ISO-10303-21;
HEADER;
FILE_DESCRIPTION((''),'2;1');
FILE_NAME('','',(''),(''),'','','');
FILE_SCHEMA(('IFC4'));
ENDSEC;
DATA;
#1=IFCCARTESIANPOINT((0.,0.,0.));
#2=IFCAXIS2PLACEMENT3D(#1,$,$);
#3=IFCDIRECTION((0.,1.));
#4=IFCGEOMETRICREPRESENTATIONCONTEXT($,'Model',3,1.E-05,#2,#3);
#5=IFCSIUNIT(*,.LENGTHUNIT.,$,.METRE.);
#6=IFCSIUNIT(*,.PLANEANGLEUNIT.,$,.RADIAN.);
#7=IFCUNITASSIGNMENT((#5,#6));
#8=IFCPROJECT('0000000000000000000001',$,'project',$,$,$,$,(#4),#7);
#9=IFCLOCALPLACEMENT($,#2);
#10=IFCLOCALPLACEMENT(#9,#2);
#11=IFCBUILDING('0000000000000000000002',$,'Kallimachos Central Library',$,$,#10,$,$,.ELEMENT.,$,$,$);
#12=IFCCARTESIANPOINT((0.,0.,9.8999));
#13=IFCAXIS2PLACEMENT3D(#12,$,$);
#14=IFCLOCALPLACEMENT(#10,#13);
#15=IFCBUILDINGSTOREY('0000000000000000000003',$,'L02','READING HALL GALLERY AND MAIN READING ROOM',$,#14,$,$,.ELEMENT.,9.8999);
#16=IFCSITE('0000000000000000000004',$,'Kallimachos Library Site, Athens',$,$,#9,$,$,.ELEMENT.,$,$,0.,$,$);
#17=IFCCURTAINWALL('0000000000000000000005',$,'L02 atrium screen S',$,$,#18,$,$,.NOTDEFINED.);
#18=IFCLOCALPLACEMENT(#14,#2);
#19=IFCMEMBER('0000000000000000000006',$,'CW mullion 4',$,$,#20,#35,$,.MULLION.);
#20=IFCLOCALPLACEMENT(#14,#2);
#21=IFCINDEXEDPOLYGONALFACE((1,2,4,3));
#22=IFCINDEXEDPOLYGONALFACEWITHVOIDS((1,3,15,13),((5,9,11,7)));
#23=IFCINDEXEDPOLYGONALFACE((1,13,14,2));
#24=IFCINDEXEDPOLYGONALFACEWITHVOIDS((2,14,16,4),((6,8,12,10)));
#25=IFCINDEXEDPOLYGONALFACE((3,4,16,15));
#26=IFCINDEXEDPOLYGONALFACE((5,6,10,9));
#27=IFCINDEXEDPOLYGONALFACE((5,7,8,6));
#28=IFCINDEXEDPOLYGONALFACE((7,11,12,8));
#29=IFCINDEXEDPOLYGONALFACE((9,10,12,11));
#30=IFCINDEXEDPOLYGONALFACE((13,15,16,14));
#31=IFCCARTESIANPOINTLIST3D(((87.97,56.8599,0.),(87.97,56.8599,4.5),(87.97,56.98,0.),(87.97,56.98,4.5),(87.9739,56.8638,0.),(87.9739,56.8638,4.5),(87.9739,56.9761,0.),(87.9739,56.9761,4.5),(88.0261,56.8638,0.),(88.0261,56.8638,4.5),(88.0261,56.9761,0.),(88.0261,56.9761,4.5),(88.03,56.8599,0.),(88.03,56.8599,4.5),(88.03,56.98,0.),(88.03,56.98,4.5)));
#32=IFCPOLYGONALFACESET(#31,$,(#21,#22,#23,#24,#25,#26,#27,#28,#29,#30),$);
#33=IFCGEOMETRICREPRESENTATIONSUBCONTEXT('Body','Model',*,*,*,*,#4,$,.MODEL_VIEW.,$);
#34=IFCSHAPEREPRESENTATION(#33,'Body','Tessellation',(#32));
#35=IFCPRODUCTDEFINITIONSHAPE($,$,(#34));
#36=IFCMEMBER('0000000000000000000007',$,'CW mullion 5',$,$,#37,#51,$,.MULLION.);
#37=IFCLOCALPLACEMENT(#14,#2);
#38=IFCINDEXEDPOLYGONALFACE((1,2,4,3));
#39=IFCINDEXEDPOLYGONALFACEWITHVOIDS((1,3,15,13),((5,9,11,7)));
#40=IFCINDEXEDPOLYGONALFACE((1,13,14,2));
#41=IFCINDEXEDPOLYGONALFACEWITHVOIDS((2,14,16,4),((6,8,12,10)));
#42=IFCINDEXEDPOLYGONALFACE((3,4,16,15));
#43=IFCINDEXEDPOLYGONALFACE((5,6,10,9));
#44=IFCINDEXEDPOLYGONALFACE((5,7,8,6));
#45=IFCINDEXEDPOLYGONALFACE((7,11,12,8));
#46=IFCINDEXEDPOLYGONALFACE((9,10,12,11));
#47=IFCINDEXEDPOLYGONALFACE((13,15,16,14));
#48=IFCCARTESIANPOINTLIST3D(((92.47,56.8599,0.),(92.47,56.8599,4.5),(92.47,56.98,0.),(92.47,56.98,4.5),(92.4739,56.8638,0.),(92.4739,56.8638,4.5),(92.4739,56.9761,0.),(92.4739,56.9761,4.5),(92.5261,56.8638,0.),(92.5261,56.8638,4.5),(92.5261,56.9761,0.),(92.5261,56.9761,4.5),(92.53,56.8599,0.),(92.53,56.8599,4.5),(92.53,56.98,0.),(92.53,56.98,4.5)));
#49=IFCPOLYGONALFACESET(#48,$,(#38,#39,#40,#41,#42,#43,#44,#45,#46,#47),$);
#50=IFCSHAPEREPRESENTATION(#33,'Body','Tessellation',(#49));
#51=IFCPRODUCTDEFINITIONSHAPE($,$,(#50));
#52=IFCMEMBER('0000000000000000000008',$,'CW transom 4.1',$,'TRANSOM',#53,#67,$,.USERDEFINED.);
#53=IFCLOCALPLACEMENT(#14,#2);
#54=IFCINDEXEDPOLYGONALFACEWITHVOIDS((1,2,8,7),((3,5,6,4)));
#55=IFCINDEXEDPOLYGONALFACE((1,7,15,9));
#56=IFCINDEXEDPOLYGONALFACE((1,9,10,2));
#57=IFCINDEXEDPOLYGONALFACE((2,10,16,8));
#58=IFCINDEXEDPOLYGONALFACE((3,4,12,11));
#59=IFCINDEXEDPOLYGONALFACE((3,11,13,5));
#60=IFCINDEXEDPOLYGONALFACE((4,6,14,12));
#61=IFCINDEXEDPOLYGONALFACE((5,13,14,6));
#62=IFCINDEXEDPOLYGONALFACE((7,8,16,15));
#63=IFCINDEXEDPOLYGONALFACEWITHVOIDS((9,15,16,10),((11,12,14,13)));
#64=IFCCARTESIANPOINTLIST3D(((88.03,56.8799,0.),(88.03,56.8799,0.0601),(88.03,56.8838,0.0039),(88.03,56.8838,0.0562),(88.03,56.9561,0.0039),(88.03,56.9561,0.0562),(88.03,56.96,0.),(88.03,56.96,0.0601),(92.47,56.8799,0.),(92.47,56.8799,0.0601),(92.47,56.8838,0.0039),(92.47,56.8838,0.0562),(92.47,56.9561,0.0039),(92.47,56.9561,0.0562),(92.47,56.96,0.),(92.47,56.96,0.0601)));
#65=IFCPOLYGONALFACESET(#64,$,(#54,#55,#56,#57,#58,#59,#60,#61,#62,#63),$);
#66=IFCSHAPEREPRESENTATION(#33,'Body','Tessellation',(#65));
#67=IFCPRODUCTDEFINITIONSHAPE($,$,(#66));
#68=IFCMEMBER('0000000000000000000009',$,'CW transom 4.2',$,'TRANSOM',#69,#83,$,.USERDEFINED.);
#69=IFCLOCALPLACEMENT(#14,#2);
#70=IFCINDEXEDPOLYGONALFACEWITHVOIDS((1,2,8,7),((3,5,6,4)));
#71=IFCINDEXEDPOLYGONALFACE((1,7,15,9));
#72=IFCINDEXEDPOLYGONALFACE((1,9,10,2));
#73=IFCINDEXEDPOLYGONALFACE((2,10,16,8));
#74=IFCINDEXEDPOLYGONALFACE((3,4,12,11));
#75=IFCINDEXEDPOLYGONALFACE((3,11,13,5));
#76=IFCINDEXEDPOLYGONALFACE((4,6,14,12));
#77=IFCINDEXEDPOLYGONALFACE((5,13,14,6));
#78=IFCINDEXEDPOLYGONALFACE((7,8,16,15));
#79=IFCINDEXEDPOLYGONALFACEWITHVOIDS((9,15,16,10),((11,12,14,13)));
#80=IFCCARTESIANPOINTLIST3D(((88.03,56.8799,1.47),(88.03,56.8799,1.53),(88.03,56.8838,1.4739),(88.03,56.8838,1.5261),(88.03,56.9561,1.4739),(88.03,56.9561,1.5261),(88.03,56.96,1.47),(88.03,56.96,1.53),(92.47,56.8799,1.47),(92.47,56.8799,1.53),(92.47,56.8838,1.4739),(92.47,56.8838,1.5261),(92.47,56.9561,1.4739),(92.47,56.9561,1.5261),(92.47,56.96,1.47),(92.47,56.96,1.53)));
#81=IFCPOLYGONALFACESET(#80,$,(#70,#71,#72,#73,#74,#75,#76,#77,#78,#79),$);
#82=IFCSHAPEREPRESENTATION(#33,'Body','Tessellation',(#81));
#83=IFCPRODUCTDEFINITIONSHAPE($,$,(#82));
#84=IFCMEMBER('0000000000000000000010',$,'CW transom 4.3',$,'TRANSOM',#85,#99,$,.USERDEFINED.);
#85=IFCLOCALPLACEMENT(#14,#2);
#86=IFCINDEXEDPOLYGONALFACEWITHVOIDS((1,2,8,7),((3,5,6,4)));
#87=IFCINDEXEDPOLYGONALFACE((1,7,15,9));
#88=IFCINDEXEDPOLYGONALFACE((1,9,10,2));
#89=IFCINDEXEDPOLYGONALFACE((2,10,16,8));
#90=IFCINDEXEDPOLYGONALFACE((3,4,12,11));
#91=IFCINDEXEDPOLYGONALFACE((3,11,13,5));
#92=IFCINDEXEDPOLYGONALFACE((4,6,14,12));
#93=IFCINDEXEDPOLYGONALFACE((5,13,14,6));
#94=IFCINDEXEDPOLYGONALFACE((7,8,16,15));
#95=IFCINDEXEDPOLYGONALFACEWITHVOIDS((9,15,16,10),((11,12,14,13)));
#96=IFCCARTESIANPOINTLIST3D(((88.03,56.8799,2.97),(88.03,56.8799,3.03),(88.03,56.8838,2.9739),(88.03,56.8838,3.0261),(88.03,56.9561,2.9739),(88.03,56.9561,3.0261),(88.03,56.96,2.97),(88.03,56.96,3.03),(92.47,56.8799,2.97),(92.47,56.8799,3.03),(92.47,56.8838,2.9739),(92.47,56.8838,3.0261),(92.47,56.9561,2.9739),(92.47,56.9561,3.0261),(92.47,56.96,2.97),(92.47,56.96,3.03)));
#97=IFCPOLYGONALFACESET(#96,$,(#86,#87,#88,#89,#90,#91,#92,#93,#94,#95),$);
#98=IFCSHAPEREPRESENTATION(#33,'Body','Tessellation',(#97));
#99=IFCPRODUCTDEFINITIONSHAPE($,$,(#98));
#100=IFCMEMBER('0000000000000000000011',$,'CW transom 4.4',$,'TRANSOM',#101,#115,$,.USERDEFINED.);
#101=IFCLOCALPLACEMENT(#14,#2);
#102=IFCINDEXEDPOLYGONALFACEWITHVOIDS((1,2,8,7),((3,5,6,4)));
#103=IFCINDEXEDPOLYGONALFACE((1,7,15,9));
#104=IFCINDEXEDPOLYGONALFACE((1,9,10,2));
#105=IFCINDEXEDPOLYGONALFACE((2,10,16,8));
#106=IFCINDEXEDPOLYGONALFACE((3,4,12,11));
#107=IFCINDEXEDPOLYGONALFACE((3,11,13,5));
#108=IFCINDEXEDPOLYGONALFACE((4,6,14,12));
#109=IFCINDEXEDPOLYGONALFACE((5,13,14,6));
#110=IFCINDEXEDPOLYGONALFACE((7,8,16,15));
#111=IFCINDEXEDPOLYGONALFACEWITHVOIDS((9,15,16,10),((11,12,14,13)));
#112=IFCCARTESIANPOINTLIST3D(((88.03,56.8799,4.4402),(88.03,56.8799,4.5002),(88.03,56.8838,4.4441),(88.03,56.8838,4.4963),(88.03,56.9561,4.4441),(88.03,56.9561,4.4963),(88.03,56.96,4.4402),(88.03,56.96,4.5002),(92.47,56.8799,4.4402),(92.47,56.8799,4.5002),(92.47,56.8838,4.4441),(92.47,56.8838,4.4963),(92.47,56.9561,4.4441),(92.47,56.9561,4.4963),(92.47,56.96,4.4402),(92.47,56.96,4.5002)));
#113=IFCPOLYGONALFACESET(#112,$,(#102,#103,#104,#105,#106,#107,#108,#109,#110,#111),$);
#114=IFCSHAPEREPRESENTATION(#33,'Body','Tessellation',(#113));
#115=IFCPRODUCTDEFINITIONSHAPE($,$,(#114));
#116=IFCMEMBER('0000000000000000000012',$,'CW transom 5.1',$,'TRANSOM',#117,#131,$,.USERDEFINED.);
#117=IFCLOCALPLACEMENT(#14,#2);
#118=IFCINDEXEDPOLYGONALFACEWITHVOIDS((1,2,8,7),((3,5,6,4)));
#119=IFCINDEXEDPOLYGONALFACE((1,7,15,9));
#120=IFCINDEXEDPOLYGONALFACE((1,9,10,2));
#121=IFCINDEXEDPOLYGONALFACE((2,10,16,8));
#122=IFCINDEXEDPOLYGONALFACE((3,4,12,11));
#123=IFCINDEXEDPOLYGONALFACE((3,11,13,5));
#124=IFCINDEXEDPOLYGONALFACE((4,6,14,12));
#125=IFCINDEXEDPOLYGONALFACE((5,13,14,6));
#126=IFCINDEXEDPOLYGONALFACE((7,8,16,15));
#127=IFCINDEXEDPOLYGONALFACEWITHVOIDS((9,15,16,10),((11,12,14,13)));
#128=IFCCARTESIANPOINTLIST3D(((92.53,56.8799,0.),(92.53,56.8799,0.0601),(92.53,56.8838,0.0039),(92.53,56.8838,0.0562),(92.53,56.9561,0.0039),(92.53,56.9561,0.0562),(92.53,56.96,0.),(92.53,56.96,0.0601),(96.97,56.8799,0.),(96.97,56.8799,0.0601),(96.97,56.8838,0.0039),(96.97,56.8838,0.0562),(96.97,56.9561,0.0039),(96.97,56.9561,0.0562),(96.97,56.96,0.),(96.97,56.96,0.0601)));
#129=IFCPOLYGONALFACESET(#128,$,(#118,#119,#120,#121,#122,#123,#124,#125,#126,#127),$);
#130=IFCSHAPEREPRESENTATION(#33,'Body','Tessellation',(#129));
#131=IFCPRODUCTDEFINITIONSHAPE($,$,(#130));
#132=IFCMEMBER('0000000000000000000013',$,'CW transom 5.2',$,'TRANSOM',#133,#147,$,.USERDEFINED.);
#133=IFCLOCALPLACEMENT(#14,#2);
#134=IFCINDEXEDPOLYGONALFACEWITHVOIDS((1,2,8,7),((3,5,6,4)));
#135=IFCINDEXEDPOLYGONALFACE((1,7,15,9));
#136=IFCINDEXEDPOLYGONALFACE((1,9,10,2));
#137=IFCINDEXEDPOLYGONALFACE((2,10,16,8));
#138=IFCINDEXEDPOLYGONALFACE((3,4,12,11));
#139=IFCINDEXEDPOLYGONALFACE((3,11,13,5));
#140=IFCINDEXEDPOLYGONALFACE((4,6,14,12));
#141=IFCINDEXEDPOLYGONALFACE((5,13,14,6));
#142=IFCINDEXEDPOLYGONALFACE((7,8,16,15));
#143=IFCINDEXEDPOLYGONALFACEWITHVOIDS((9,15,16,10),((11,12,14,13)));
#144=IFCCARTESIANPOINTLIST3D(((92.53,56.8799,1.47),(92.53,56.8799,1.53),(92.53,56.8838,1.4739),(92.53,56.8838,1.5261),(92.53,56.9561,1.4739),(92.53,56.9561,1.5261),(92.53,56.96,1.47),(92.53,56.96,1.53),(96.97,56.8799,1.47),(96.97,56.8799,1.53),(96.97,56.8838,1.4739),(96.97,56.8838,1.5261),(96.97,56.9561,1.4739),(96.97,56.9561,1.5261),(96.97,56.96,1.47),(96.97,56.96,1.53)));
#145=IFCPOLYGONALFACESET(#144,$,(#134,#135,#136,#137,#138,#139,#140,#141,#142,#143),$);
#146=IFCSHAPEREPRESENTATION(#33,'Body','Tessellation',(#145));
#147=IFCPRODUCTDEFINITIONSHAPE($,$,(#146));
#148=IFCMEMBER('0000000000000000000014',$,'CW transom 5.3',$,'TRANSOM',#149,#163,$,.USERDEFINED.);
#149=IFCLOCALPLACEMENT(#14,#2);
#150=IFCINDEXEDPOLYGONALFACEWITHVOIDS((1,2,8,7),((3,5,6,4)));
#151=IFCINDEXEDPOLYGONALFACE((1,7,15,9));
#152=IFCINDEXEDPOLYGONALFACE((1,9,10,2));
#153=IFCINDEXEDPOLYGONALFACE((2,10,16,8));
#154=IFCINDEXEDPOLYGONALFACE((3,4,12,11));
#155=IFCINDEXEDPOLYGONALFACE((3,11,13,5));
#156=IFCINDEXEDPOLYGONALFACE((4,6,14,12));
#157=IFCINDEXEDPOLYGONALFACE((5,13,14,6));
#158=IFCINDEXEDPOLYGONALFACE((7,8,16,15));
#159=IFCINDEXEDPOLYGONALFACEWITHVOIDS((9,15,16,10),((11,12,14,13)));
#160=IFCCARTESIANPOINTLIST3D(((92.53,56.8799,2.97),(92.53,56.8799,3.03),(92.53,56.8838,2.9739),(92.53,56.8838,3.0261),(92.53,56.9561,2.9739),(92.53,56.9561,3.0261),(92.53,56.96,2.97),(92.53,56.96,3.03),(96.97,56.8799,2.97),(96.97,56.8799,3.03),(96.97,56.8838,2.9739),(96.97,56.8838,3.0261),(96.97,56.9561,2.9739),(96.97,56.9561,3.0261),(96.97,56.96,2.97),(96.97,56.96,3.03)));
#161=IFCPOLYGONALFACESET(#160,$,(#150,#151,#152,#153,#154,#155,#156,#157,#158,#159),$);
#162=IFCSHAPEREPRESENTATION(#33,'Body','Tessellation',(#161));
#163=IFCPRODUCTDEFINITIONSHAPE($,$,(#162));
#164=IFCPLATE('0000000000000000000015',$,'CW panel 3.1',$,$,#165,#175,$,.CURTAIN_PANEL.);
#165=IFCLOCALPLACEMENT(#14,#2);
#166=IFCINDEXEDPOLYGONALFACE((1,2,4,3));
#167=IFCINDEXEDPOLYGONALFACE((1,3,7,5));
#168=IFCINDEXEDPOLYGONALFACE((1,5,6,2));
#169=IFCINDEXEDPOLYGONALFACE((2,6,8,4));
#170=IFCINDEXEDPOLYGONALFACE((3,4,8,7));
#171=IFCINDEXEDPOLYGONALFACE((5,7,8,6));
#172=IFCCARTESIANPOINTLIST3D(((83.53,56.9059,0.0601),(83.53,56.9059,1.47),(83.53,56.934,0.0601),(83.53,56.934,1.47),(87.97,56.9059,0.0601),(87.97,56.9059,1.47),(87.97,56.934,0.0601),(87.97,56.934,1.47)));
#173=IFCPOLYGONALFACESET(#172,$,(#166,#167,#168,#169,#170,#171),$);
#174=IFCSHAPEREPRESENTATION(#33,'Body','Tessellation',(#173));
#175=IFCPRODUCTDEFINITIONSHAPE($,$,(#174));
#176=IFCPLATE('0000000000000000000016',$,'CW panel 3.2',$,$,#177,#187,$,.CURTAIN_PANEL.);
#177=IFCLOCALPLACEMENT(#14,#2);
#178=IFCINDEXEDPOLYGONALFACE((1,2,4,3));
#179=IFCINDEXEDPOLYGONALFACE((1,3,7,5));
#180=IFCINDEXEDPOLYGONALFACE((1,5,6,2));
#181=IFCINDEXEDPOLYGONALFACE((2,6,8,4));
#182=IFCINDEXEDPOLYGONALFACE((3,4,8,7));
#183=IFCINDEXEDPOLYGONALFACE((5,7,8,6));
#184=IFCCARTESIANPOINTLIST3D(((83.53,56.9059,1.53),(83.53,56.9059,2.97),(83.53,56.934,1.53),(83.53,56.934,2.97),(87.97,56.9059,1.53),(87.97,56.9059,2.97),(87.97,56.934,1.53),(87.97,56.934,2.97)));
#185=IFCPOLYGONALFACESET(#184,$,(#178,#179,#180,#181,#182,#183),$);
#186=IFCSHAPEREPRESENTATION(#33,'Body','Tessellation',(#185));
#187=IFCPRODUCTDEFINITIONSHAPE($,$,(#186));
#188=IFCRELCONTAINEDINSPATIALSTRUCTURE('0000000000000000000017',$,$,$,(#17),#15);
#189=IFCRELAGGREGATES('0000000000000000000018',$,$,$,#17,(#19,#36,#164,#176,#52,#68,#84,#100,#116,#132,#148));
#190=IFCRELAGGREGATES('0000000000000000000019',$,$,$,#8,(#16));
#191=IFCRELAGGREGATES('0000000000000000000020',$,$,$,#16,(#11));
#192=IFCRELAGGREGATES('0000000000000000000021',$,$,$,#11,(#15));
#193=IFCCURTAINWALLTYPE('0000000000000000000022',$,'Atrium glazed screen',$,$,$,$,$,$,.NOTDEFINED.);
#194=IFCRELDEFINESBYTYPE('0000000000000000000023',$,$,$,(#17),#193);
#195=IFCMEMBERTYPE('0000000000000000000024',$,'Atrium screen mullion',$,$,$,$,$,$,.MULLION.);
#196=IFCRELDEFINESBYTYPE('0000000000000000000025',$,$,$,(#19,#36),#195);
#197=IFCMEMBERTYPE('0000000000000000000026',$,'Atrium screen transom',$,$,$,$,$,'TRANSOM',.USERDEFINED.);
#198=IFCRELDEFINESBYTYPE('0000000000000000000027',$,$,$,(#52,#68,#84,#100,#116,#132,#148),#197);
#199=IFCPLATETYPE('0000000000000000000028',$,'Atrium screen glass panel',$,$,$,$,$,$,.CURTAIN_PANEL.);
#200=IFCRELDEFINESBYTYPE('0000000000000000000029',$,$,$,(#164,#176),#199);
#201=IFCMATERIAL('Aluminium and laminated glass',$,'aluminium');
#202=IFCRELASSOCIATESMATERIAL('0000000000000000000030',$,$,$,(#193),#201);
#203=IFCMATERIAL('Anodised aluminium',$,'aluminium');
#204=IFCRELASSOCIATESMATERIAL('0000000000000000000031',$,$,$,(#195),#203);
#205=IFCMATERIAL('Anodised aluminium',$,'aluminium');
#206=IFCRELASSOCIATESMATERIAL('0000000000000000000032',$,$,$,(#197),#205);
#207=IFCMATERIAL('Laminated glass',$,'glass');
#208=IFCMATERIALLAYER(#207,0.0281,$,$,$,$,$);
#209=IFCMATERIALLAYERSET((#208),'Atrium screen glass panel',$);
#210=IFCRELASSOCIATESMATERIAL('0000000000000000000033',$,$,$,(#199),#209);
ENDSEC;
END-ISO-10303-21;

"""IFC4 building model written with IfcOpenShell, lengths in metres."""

from ifc_helpers import new_model, si_unit, direction, frame, origin, origin_2d, place, context, subcontext, project, spatial, rectangle, hollow_rectangle, extrude, material, layer, layer_set, material_profile, profile_set, type_object, element, aggregate, save


model = new_model("IFC4")

# Units and contexts
model_context = context("Model", 3, precision=1e-05, world=origin(), true_north=direction((0.0, 1.0)))
body_context = subcontext(model_context, "Body", "Model", "MODEL_VIEW")
ifc_project = project(units=[si_unit("LENGTHUNIT", "METRE"), si_unit("PLANEANGLEUNIT", "RADIAN")], contexts=[model_context])

# Site, building, storey
site_placement = place(None, origin())
site = spatial("IfcSite", under=ifc_project, at=site_placement, Name="Kallimachos Library Site, Athens", CompositionType="ELEMENT", RefElevation=0.0)
building_placement = place(site_placement, origin())
building = spatial("IfcBuilding", under=site, at=building_placement, Name="Kallimachos Central Library", CompositionType="ELEMENT")
storey_placement = place(building_placement, frame((0.0, 0.0, 9.8999)))
storey = spatial("IfcBuildingStorey", under=building, at=storey_placement, Name="L02", Description="READING HALL GALLERY AND MAIN READING ROOM", CompositionType="ELEMENT", Elevation=9.8999)

# Curtain wall, members, plates
ifc_material_1 = material(Name="Aluminium and laminated glass", Category="aluminium")
curtain_wall_type = type_object("IfcCurtainWallType", Name="Atrium glazed screen", PredefinedType="NOTDEFINED", material=ifc_material_1)
curtain_wall_placement = place(storey_placement, origin())
curtain_wall = element("IfcCurtainWall", 1, at=curtain_wall_placement, inside=storey, type_object=curtain_wall_type, Name="L02 atrium screen S", PredefinedType="NOTDEFINED")
ifc_material_2 = material(Name="Anodised aluminium", Category="aluminium")
ifc_material_profile_1 = material_profile(ifc_material_2, hollow_rectangle(XDim=0.0601, YDim=0.1201, WallThickness=0.0039, at=origin_2d()), Name="ALU MULLION 60x120")
ifc_profile_set_1 = profile_set([ifc_material_profile_1], Name="Anodised aluminium")
member_type_1 = type_object("IfcMemberType", Name="Atrium screen mullion", PredefinedType="MULLION", material=ifc_profile_set_1)
member_1_placement = place(storey_placement, frame((88.0, 56.9199, 0.0), z_axis=(0.0, 0.0, 1.0), x_axis=(1.0, 0.0, 0.0)))
member_1 = element("IfcMember", 2, at=member_1_placement, type_object=member_type_1, Name="CW mullion 4", PredefinedType="MULLION", context=body_context, shape_type="SweptSolid", body=[
    extrude(hollow_rectangle(XDim=0.0601, YDim=0.1201, WallThickness=0.0039, at=origin_2d()), origin(), (0.0, 0.0, 1.0), 4.5),
])
member_2_placement = place(storey_placement, frame((92.5, 56.9199, 0.0), z_axis=(0.0, 0.0, 1.0), x_axis=(1.0, 0.0, 0.0)))
member_2 = element("IfcMember", 3, at=member_2_placement, type_object=member_type_1, Name="CW mullion 5", PredefinedType="MULLION", context=body_context, shape_type="SweptSolid", body=[
    extrude(hollow_rectangle(XDim=0.0601, YDim=0.1201, WallThickness=0.0039, at=origin_2d()), origin(), (0.0, 0.0, 1.0), 4.5),
])
ifc_material_3 = material(Name="Anodised aluminium", Category="aluminium")
ifc_material_profile_2 = material_profile(ifc_material_3, hollow_rectangle(XDim=0.0601, YDim=0.0801, WallThickness=0.0039, at=origin_2d()), Name="ALU TRANSOM 60x80")
ifc_profile_set_2 = profile_set([ifc_material_profile_2], Name="Anodised aluminium")
member_type_2 = type_object("IfcMemberType", Name="Atrium screen transom", ElementType="TRANSOM", PredefinedType="USERDEFINED", material=ifc_profile_set_2)
member_3_placement = place(storey_placement, frame((88.03, 56.9199, 0.03), z_axis=(1.0, 0.0, 0.0), x_axis=(0.0, 0.0, 1.0)))
member_3 = element("IfcMember", 4, at=member_3_placement, type_object=member_type_2, Name="CW transom 4.1", ObjectType="TRANSOM", PredefinedType="USERDEFINED", context=body_context, shape_type="SweptSolid", body=[
    extrude(hollow_rectangle(XDim=0.0601, YDim=0.0801, WallThickness=0.0039, at=origin_2d()), origin(), (0.0, 0.0, 1.0), 4.4399),
])
member_4_placement = place(storey_placement, frame((88.03, 56.9199, 1.5), z_axis=(1.0, 0.0, 0.0), x_axis=(0.0, 0.0, 1.0)))
member_4 = element("IfcMember", 5, at=member_4_placement, type_object=member_type_2, Name="CW transom 4.2", ObjectType="TRANSOM", PredefinedType="USERDEFINED", context=body_context, shape_type="SweptSolid", body=[
    extrude(hollow_rectangle(XDim=0.0601, YDim=0.0801, WallThickness=0.0039, at=origin_2d()), origin(), (0.0, 0.0, 1.0), 4.4399),
])
member_5_placement = place(storey_placement, frame((88.03, 56.9199, 3.0), z_axis=(1.0, 0.0, 0.0), x_axis=(0.0, 0.0, 1.0)))
member_5 = element("IfcMember", 6, at=member_5_placement, type_object=member_type_2, Name="CW transom 4.3", ObjectType="TRANSOM", PredefinedType="USERDEFINED", context=body_context, shape_type="SweptSolid", body=[
    extrude(hollow_rectangle(XDim=0.0601, YDim=0.0801, WallThickness=0.0039, at=origin_2d()), origin(), (0.0, 0.0, 1.0), 4.4399),
])
member_6_placement = place(storey_placement, frame((88.03, 56.9199, 4.4702), z_axis=(1.0, 0.0, 0.0), x_axis=(0.0, 0.0, 1.0)))
member_6 = element("IfcMember", 7, at=member_6_placement, type_object=member_type_2, Name="CW transom 4.4", ObjectType="TRANSOM", PredefinedType="USERDEFINED", context=body_context, shape_type="SweptSolid", body=[
    extrude(hollow_rectangle(XDim=0.0601, YDim=0.0801, WallThickness=0.0039, at=origin_2d()), origin(), (0.0, 0.0, 1.0), 4.4399),
])
member_7_placement = place(storey_placement, frame((92.53, 56.9199, 0.03), z_axis=(1.0, 0.0, 0.0), x_axis=(0.0, 0.0, 1.0)))
member_7 = element("IfcMember", 8, at=member_7_placement, type_object=member_type_2, Name="CW transom 5.1", ObjectType="TRANSOM", PredefinedType="USERDEFINED", context=body_context, shape_type="SweptSolid", body=[
    extrude(hollow_rectangle(XDim=0.0601, YDim=0.0801, WallThickness=0.0039, at=origin_2d()), origin(), (0.0, 0.0, 1.0), 4.4399),
])
member_8_placement = place(storey_placement, frame((92.53, 56.9199, 1.5), z_axis=(1.0, 0.0, 0.0), x_axis=(0.0, 0.0, 1.0)))
member_8 = element("IfcMember", 9, at=member_8_placement, type_object=member_type_2, Name="CW transom 5.2", ObjectType="TRANSOM", PredefinedType="USERDEFINED", context=body_context, shape_type="SweptSolid", body=[
    extrude(hollow_rectangle(XDim=0.0601, YDim=0.0801, WallThickness=0.0039, at=origin_2d()), origin(), (0.0, 0.0, 1.0), 4.4399),
])
member_9_placement = place(storey_placement, frame((92.53, 56.9199, 3.0), z_axis=(1.0, 0.0, 0.0), x_axis=(0.0, 0.0, 1.0)))
member_9 = element("IfcMember", 10, at=member_9_placement, type_object=member_type_2, Name="CW transom 5.3", ObjectType="TRANSOM", PredefinedType="USERDEFINED", context=body_context, shape_type="SweptSolid", body=[
    extrude(hollow_rectangle(XDim=0.0601, YDim=0.0801, WallThickness=0.0039, at=origin_2d()), origin(), (0.0, 0.0, 1.0), 4.4399),
])
ifc_material_4 = material(Name="Laminated glass", Category="glass")
ifc_layer_1 = layer(ifc_material_4, 0.0281)
ifc_layer_set_1 = layer_set([ifc_layer_1], Name="Atrium screen glass panel")
plate_type = type_object("IfcPlateType", Name="Atrium screen glass panel", PredefinedType="CURTAIN_PANEL", material=ifc_layer_set_1)
plate_1_placement = place(storey_placement, frame((85.75, 56.9199, 0.0601), z_axis=(0.0, 0.0, 1.0), x_axis=(1.0, 0.0, 0.0)))
plate_1 = element("IfcPlate", 11, at=plate_1_placement, type_object=plate_type, Name="CW panel 3.1", PredefinedType="CURTAIN_PANEL", context=body_context, shape_type="SweptSolid", body=[
    extrude(rectangle(XDim=4.4399, YDim=0.0281, at=origin_2d()), origin(), (0.0, 0.0, 1.0), 1.4099),
])
plate_2_placement = place(storey_placement, frame((85.75, 56.9199, 1.53), z_axis=(0.0, 0.0, 1.0), x_axis=(1.0, 0.0, 0.0)))
plate_2 = element("IfcPlate", 12, at=plate_2_placement, type_object=plate_type, Name="CW panel 3.2", PredefinedType="CURTAIN_PANEL", context=body_context, shape_type="SweptSolid", body=[
    extrude(rectangle(XDim=4.4399, YDim=0.0281, at=origin_2d()), origin(), (0.0, 0.0, 1.0), 1.4399),
])
aggregate(curtain_wall, [member_1, member_2, plate_1, plate_2, member_3, member_4, member_5, member_6, member_7, member_8, member_9])

save(model, "model.ifc")
